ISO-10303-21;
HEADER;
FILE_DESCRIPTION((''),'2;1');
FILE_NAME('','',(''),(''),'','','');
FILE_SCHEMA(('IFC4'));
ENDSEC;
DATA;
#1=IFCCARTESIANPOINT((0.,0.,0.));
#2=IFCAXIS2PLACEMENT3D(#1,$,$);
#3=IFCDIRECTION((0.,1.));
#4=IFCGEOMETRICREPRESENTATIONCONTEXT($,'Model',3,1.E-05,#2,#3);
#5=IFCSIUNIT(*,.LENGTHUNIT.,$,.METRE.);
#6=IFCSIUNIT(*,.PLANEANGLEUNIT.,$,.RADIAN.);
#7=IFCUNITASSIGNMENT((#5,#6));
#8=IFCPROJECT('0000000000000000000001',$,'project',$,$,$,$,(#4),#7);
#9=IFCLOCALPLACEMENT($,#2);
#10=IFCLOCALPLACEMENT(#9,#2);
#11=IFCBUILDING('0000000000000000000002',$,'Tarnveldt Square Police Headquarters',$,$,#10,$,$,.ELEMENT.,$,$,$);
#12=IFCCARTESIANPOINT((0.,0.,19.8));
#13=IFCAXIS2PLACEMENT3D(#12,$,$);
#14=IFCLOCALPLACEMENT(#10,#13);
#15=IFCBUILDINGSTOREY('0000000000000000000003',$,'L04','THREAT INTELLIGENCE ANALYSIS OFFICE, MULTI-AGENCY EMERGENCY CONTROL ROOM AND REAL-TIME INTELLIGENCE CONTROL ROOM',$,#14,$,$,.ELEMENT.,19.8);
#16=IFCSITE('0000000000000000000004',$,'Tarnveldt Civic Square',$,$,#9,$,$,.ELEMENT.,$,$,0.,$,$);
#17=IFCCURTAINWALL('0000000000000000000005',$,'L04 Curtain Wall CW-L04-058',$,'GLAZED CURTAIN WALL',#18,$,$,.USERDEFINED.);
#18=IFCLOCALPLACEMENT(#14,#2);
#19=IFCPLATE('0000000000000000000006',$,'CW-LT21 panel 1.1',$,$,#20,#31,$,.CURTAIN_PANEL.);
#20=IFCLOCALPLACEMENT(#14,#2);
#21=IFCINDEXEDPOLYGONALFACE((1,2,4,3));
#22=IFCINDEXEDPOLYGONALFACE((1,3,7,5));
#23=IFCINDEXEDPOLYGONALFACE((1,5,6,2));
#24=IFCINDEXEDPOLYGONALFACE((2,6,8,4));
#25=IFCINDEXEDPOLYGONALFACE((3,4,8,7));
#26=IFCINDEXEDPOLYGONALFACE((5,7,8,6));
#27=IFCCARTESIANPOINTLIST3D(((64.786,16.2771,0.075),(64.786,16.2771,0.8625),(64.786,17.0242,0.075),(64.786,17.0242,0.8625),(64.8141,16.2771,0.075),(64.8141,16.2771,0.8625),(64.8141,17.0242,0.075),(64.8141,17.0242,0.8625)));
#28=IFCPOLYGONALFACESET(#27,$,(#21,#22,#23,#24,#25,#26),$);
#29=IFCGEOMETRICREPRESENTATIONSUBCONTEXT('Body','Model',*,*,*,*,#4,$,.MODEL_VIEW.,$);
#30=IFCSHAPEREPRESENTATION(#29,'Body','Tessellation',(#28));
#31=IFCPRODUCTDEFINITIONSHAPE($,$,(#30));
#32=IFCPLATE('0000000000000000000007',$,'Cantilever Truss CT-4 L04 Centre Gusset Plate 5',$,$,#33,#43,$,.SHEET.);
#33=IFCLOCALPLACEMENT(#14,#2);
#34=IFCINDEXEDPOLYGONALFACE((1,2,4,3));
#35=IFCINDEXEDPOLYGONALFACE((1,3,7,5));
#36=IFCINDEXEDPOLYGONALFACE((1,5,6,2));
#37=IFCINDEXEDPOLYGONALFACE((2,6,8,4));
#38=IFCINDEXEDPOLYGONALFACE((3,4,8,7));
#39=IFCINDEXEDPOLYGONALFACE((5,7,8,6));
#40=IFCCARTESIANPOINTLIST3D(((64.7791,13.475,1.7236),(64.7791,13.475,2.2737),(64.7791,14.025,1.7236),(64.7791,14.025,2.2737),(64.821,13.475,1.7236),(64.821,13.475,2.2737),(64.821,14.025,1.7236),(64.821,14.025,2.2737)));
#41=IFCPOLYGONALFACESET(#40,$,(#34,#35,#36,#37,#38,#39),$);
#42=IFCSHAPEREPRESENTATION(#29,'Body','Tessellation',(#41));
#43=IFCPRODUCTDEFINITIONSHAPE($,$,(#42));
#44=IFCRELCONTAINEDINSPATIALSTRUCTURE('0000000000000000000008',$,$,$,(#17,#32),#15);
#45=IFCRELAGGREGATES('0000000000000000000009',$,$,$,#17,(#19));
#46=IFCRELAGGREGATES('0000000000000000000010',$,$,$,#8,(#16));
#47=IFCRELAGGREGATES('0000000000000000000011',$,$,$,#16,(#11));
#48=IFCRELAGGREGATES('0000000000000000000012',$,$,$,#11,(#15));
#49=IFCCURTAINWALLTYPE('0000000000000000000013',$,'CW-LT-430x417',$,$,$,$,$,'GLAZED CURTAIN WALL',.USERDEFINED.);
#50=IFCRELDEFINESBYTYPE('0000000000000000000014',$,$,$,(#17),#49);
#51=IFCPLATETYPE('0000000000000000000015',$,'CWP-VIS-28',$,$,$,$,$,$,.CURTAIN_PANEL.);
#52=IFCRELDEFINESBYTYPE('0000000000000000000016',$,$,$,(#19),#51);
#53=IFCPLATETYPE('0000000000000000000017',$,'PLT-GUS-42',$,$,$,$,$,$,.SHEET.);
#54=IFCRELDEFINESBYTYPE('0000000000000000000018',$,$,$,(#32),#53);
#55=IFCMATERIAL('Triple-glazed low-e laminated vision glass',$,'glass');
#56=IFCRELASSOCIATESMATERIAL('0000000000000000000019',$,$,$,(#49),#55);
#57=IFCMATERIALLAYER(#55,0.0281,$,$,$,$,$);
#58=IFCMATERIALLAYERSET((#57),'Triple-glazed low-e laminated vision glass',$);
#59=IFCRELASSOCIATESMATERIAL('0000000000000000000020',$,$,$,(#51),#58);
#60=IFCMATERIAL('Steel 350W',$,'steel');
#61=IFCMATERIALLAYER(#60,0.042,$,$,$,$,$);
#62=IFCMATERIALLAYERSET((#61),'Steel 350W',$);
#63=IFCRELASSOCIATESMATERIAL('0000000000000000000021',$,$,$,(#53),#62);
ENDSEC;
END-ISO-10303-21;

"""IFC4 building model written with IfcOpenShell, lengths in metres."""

from ifc_helpers import new_model, si_unit, direction, frame, origin, origin_2d, place, context, subcontext, project, spatial, rectangle, extrude, material, layer, layer_set, type_object, element, aggregate, save


model = new_model("IFC4")

# Units and contexts
model_context = context("Model", 3, precision=1e-05, world=origin(), true_north=direction((0.0, 1.0)))
body_context = subcontext(model_context, "Body", "Model", "MODEL_VIEW")
ifc_project = project(units=[si_unit("LENGTHUNIT", "METRE"), si_unit("PLANEANGLEUNIT", "RADIAN")], contexts=[model_context])

# Site, building, storey
site_placement = place(None, origin())
site = spatial("IfcSite", under=ifc_project, at=site_placement, Name="Tarnveldt Civic Square", CompositionType="ELEMENT", RefElevation=0.0)
building_placement = place(site_placement, origin())
building = spatial("IfcBuilding", under=site, at=building_placement, Name="Tarnveldt Square Police Headquarters", CompositionType="ELEMENT")
storey_placement = place(building_placement, frame((0.0, 0.0, 19.8)))
storey = spatial("IfcBuildingStorey", under=building, at=storey_placement, Name="L04", Description="THREAT INTELLIGENCE ANALYSIS OFFICE, MULTI-AGENCY EMERGENCY CONTROL ROOM AND REAL-TIME INTELLIGENCE CONTROL ROOM", CompositionType="ELEMENT", Elevation=19.8)

# Shared definitions
ifc_material_1 = material(Name="Steel 350W", Category="steel")

# Shared definitions
ifc_material_2 = material(Name="Triple-glazed low-e laminated vision glass", Category="glass")
curtain_wall_type = type_object("IfcCurtainWallType", Name="CW-LT-430x417", ElementType="GLAZED CURTAIN WALL", PredefinedType="USERDEFINED", material=ifc_material_2)

# Curtain wall
curtain_wall_1_placement = place(storey_placement, origin())
curtain_wall_1 = element("IfcCurtainWall", 1, at=curtain_wall_1_placement, inside=storey, type_object=curtain_wall_type, Name="L04 Curtain Wall CW-L04-058", ObjectType="GLAZED CURTAIN WALL", PredefinedType="USERDEFINED")

# Plates
ifc_layer_1 = layer(ifc_material_2, 0.0281)
ifc_layer_set_1 = layer_set([ifc_layer_1], Name="Triple-glazed low-e laminated vision glass")
plate_type_1 = type_object("IfcPlateType", Name="CWP-VIS-28", PredefinedType="CURTAIN_PANEL", material=ifc_layer_set_1)
plate_1_placement = place(storey_placement, frame((64.8, 16.6506, 0.075), z_axis=(0.0, 0.0, 1.0), x_axis=(0.0, 1.0, 0.0)))
plate_1 = element("IfcPlate", 2, at=plate_1_placement, type_object=plate_type_1, Name="CW-LT21 panel 1.1", PredefinedType="CURTAIN_PANEL", context=body_context, shape_type="SweptSolid", body=[
    extrude(rectangle(XDim=0.7471, YDim=0.0281, at=origin_2d()), origin(), (0.0, 0.0, 1.0), 0.7876),
])
aggregate(curtain_wall_1, [plate_1])
ifc_layer_2 = layer(ifc_material_1, 0.042)
ifc_layer_set_2 = layer_set([ifc_layer_2], Name="Steel 350W")
plate_type_2 = type_object("IfcPlateType", Name="PLT-GUS-42", PredefinedType="SHEET", material=ifc_layer_set_2)
plate_2_placement = place(storey_placement, frame((64.8, 13.75, 1.7236), z_axis=(0.0, 0.0, 1.0), x_axis=(1.0, 0.0, 0.0)))
element("IfcPlate", 3, at=plate_2_placement, inside=storey, type_object=plate_type_2, Name="Cantilever Truss CT-4 L04 Centre Gusset Plate 5", PredefinedType="SHEET", context=body_context, shape_type="SweptSolid", body=[
    extrude(rectangle(XDim=0.042, YDim=0.55, at=origin_2d()), origin(), (0.0, 0.0, 1.0), 0.55),
])

save(model, "model.ifc")
